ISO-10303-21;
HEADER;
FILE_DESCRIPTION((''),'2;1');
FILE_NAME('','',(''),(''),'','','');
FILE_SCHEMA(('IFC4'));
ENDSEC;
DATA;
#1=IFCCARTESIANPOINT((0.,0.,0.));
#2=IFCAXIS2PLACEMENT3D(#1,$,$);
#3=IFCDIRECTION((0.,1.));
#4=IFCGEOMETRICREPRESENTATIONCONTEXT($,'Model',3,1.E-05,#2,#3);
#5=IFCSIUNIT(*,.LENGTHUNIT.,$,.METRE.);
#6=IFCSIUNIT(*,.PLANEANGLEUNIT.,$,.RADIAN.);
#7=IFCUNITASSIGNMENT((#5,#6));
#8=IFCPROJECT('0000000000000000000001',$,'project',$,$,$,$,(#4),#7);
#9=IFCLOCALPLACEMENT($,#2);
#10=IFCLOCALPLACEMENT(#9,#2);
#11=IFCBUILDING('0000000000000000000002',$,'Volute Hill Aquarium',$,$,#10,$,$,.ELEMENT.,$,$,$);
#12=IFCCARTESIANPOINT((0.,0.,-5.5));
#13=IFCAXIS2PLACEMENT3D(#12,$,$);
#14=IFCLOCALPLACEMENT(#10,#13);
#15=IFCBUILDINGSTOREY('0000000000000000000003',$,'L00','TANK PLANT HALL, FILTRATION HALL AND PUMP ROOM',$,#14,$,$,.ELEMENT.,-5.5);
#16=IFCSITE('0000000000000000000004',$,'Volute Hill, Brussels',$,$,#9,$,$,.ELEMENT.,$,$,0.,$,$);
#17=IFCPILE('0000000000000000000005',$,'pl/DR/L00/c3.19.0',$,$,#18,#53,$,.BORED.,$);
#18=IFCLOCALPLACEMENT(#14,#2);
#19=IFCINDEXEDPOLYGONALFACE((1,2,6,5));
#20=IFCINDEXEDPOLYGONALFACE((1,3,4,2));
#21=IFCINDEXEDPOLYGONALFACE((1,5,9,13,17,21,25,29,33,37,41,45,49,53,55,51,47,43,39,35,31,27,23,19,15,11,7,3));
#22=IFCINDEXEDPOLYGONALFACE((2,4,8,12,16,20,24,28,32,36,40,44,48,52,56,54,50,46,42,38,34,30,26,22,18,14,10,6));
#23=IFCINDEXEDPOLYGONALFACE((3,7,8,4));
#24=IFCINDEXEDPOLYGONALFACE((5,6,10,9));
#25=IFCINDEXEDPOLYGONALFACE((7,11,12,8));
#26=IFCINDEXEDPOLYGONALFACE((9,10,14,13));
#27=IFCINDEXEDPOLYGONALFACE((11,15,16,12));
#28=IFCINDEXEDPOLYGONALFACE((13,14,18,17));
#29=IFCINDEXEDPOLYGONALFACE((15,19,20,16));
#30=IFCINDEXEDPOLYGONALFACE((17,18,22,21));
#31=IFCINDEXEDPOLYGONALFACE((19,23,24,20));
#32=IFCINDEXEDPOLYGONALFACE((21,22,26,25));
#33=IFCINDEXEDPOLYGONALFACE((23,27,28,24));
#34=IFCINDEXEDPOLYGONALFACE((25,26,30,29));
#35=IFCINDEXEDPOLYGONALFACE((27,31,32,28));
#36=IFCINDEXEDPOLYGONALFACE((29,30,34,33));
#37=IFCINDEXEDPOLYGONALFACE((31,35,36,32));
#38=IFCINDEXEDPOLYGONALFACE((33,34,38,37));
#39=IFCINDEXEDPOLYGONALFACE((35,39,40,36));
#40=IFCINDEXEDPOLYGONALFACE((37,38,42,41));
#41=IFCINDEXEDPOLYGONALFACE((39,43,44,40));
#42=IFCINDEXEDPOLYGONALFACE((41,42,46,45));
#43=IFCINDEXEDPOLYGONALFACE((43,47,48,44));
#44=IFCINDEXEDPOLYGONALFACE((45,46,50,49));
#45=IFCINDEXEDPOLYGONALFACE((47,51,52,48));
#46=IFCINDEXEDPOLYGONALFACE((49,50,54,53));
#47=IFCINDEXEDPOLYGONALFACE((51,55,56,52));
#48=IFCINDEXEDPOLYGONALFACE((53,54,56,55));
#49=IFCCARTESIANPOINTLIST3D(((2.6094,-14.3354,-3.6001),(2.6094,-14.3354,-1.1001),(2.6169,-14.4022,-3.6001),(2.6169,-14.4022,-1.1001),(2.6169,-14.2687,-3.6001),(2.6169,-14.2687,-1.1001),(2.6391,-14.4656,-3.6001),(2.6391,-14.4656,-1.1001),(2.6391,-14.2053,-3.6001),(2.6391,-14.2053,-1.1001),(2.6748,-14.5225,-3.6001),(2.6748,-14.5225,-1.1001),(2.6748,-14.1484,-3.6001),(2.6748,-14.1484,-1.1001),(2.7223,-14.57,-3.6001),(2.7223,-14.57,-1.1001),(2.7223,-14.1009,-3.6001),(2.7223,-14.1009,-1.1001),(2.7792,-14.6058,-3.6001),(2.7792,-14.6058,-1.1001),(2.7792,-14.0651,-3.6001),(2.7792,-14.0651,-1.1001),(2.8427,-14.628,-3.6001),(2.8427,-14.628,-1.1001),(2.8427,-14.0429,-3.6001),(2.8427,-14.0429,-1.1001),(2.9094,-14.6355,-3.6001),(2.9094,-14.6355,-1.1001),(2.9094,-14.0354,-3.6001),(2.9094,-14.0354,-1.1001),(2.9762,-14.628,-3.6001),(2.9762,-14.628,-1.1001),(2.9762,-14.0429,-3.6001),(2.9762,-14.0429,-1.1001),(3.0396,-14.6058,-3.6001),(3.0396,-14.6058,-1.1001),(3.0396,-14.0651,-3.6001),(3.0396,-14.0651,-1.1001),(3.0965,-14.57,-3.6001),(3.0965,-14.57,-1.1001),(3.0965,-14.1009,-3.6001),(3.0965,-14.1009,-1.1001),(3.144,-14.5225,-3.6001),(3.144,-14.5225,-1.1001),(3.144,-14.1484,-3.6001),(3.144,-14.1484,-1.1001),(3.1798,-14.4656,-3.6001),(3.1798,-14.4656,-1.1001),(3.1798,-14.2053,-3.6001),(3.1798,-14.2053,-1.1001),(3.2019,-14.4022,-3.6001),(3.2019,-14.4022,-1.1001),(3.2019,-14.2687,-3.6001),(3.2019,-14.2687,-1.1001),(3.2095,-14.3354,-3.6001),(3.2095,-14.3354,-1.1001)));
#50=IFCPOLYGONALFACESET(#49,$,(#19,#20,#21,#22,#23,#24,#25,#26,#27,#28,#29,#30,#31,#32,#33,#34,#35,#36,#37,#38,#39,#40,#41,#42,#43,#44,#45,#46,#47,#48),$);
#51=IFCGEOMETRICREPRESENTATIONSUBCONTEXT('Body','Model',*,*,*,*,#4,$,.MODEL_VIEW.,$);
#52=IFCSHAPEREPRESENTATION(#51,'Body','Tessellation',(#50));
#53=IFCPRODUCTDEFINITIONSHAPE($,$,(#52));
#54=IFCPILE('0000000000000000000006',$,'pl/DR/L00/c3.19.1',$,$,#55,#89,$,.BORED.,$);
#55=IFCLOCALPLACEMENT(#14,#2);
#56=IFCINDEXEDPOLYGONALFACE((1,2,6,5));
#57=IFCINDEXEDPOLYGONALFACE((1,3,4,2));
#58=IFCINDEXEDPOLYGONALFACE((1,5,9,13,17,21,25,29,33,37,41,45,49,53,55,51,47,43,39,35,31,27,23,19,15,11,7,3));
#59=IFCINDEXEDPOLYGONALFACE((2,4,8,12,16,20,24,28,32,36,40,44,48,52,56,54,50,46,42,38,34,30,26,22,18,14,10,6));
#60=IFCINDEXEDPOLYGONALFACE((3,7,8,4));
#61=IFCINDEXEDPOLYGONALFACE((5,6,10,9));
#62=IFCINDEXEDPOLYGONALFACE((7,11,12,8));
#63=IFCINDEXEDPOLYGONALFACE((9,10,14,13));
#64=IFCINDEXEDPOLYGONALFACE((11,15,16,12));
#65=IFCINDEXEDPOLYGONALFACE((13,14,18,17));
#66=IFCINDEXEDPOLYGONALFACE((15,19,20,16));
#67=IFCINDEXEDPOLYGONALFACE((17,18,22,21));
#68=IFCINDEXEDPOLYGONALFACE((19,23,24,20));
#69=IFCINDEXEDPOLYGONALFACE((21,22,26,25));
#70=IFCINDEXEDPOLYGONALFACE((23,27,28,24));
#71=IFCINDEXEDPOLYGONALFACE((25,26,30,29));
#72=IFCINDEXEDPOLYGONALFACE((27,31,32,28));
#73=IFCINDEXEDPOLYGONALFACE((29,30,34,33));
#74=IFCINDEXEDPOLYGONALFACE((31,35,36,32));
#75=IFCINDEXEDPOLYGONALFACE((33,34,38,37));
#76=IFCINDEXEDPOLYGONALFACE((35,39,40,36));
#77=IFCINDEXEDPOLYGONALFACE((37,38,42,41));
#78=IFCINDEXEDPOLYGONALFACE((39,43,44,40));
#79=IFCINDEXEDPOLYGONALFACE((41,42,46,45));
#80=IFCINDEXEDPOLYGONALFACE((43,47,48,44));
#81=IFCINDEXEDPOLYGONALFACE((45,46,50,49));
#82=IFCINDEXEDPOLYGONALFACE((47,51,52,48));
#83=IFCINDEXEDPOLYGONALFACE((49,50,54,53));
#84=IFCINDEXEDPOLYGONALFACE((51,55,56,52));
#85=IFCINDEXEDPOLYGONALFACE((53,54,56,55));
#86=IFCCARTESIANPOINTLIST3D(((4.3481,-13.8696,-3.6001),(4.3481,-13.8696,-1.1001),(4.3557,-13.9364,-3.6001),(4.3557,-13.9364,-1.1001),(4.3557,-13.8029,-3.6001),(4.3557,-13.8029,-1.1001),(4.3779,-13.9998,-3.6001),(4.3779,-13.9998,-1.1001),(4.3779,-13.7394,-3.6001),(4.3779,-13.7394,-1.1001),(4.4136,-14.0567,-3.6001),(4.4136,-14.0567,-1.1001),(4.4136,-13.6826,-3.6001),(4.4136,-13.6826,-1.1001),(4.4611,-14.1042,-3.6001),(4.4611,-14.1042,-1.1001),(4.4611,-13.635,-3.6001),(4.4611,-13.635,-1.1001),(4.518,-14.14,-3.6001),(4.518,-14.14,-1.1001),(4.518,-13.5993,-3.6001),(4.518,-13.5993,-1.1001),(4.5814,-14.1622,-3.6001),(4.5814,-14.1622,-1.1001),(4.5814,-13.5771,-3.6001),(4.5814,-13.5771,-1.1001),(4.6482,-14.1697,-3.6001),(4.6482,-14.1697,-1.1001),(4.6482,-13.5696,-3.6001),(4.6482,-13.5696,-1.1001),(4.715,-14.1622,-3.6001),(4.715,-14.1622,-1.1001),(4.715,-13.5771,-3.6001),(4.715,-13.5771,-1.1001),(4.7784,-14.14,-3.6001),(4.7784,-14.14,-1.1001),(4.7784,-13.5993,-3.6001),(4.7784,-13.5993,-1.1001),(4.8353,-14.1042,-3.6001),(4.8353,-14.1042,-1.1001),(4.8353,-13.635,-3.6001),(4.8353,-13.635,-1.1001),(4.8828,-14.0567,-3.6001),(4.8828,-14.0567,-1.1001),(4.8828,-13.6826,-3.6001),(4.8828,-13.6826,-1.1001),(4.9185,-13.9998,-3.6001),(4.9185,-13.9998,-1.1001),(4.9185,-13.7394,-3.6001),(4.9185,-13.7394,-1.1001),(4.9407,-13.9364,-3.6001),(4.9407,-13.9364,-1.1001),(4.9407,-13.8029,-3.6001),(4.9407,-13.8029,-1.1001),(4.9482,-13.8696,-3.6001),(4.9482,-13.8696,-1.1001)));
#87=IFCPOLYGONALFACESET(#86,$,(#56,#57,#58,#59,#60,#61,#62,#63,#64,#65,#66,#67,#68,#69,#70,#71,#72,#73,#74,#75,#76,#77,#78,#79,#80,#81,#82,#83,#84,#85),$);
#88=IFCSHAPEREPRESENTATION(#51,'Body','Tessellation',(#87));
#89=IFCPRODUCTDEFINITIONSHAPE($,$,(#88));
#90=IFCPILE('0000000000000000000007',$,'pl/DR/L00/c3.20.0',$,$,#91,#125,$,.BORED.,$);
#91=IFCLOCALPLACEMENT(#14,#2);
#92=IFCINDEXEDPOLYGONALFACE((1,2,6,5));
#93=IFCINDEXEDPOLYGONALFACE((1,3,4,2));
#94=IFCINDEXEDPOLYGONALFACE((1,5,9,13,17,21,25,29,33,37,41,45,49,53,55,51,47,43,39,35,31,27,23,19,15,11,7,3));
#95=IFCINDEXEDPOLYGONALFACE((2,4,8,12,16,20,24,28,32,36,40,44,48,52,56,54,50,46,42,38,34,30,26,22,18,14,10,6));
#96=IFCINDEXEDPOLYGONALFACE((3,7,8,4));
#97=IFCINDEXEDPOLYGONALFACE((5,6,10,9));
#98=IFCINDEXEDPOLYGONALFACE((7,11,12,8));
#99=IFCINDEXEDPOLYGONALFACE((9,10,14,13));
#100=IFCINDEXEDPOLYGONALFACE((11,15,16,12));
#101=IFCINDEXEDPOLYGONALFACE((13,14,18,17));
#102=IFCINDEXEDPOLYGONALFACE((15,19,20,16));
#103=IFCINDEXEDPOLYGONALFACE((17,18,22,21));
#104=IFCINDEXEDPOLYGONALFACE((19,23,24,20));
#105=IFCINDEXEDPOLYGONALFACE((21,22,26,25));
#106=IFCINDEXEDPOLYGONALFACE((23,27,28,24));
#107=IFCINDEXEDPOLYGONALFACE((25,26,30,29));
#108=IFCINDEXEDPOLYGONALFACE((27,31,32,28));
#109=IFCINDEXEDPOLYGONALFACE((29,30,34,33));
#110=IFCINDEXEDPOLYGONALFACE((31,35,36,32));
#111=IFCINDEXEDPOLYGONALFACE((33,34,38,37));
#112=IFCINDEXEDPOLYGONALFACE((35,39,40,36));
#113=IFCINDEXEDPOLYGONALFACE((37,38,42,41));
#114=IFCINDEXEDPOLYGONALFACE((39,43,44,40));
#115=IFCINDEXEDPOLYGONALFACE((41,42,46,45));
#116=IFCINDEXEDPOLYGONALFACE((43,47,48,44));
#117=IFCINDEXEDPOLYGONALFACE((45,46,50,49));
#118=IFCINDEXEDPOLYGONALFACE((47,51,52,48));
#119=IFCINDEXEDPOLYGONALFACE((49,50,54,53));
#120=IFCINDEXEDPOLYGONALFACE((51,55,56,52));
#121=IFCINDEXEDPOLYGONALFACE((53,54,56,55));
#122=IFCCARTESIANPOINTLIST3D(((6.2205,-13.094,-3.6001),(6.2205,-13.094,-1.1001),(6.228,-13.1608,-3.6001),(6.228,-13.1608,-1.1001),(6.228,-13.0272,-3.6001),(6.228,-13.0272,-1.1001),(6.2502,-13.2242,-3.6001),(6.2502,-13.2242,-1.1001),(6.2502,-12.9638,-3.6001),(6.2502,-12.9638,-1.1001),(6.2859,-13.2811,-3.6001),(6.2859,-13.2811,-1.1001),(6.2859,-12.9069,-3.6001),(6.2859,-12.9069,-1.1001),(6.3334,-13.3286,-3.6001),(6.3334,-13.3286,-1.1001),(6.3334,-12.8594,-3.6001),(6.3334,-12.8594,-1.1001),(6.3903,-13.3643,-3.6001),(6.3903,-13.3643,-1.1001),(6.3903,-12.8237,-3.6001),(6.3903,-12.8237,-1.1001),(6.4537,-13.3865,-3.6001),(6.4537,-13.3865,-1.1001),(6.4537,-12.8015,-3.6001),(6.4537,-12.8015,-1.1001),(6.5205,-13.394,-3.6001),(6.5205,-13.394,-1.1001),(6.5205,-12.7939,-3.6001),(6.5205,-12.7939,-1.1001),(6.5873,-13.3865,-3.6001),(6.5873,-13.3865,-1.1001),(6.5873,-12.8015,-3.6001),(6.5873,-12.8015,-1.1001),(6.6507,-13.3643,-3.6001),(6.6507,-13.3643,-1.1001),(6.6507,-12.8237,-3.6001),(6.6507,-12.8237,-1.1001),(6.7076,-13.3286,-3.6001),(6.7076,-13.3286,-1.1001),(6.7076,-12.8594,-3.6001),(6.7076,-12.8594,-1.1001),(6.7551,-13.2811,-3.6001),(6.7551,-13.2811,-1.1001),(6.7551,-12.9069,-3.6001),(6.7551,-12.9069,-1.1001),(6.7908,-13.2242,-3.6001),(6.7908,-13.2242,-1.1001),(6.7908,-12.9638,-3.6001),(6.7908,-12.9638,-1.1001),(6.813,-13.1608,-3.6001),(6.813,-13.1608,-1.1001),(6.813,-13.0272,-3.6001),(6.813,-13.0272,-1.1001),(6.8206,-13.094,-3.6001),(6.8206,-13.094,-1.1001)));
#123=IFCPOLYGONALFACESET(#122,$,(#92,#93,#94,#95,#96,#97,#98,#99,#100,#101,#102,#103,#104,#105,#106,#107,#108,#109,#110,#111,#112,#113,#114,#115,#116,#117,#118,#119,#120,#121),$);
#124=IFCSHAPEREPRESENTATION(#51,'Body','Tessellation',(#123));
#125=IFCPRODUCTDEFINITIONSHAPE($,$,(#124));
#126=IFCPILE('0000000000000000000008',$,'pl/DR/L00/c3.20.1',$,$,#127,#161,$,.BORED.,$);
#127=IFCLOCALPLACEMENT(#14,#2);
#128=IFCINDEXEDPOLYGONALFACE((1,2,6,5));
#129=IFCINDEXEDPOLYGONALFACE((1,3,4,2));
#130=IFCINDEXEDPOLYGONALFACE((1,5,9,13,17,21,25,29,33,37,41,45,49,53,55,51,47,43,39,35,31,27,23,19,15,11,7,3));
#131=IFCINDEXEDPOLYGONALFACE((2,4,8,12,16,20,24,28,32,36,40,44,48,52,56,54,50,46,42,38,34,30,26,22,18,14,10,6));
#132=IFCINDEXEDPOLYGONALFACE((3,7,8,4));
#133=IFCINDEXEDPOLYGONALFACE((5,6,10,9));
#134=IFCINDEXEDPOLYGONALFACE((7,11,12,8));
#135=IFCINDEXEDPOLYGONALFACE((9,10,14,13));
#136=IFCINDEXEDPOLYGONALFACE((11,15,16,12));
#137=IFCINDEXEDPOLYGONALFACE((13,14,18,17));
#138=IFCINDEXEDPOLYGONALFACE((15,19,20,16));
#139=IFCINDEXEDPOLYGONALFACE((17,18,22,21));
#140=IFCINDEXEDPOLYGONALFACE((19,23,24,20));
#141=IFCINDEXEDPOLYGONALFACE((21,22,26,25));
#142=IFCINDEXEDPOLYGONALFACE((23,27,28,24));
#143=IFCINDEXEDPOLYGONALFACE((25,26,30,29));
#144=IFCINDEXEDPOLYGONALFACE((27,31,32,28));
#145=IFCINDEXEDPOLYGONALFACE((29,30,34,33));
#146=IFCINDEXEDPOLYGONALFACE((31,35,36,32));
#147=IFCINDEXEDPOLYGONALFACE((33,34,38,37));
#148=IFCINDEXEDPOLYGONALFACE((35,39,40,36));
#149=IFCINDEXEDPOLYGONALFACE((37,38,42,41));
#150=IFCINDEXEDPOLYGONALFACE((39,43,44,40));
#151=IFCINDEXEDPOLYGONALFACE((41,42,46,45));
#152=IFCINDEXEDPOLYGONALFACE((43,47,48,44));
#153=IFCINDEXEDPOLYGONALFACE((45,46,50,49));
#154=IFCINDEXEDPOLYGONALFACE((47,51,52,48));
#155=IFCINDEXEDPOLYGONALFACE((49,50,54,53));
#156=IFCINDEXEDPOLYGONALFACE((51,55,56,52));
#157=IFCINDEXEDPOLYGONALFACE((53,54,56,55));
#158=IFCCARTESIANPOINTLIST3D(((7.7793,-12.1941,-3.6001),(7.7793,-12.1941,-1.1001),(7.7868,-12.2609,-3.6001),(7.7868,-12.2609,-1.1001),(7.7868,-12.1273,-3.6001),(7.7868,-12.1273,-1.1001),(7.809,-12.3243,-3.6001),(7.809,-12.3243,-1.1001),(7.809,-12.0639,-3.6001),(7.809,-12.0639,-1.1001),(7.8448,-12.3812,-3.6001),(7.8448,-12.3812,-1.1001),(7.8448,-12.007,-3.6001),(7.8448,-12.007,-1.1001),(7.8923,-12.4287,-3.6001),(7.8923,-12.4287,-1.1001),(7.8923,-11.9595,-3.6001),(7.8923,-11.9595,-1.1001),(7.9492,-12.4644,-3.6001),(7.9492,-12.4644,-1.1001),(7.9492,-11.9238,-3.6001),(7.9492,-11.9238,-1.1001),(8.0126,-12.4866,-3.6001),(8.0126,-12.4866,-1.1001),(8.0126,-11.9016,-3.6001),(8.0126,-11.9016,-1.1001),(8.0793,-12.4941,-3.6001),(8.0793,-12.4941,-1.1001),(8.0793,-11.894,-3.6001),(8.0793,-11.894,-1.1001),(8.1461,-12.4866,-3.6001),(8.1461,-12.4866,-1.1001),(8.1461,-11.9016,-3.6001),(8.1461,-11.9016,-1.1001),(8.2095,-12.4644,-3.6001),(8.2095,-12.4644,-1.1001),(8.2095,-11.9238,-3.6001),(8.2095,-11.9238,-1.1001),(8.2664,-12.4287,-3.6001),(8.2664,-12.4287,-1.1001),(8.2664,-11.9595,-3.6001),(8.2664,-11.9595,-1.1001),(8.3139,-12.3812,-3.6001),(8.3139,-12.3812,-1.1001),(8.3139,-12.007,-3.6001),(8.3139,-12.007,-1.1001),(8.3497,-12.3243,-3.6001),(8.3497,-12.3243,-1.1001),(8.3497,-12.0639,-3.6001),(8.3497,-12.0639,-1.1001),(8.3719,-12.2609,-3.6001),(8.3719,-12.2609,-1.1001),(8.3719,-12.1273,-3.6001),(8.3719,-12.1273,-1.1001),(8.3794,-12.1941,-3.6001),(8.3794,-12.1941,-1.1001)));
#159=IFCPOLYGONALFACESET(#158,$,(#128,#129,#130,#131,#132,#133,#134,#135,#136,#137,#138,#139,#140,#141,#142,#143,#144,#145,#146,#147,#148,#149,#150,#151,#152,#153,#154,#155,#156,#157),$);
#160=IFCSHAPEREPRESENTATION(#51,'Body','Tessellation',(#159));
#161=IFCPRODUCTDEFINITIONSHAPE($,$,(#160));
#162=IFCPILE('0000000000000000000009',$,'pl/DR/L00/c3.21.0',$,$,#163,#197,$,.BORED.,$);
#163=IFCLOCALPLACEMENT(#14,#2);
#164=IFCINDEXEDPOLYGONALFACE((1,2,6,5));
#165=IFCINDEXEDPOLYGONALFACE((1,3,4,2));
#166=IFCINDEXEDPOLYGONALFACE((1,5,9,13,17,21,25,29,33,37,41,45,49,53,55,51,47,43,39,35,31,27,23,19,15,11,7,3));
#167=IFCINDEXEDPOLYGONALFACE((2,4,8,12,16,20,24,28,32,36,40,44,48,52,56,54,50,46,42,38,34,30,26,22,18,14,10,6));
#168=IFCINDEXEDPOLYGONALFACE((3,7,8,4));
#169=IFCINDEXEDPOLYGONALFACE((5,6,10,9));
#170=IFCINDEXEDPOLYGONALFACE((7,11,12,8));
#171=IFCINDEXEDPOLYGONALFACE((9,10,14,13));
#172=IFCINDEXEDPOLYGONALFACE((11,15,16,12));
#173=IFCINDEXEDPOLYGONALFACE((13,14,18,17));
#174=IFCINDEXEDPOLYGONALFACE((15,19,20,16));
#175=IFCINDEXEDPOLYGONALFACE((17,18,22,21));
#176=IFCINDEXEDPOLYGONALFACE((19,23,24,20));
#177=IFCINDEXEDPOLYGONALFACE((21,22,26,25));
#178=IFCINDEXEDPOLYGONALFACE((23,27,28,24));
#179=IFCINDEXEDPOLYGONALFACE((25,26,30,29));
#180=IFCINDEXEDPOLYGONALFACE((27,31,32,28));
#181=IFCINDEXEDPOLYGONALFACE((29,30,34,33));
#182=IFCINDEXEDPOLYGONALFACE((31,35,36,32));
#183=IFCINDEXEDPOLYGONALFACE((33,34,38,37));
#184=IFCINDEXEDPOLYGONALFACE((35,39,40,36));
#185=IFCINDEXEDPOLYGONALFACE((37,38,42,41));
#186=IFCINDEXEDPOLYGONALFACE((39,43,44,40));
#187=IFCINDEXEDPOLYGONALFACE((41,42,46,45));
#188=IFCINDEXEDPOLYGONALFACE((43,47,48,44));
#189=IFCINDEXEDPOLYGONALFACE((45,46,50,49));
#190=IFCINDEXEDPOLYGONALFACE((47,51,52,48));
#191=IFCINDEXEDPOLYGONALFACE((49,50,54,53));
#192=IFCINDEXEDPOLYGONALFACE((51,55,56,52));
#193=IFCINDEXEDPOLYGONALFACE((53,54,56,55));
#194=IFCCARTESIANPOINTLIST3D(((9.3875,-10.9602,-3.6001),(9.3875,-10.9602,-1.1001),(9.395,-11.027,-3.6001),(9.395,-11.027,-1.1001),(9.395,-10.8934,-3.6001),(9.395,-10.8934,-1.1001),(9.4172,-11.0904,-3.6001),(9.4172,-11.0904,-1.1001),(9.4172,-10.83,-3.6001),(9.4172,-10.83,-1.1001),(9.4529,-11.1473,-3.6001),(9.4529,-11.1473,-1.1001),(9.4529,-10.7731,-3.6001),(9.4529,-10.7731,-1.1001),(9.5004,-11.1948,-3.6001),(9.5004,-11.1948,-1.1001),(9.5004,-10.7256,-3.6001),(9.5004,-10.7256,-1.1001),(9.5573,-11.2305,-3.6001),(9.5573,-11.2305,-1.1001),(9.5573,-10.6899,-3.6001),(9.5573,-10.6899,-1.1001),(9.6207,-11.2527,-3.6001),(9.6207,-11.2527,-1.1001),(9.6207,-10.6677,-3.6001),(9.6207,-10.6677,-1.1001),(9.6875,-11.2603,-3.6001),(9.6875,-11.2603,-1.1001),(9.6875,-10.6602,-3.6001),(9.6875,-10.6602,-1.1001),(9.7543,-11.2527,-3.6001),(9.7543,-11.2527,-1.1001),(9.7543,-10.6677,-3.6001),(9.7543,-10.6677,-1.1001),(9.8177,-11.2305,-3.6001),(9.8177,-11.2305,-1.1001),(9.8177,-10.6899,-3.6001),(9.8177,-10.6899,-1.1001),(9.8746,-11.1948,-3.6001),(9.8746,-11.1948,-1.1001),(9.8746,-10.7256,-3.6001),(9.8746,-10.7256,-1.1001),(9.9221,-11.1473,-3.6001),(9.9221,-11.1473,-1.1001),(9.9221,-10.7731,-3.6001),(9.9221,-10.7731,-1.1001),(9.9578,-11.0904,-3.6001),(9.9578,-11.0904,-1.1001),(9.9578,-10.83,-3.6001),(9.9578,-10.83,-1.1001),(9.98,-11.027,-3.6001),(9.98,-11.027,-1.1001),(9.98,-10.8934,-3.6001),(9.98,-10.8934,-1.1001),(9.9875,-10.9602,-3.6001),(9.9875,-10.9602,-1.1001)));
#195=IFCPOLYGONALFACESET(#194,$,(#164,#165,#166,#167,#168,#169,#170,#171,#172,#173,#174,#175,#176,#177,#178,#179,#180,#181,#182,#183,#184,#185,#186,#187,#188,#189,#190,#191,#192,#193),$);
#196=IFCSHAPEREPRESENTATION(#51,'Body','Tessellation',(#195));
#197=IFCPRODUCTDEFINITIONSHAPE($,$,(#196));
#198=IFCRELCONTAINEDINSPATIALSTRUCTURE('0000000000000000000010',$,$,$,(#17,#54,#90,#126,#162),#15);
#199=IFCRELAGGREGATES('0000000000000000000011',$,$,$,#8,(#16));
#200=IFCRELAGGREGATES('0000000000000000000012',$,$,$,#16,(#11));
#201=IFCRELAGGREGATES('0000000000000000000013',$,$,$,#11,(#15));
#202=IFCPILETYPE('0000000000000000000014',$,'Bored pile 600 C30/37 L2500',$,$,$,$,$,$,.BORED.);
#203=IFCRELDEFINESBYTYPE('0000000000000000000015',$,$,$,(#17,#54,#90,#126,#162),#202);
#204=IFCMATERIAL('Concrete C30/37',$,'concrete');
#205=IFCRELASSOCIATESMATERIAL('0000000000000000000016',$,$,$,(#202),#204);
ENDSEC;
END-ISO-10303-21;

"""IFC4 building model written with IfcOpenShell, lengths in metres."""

from ifc_helpers import new_model, si_unit, direction, frame, origin, origin_2d, place, context, subcontext, project, spatial, circle, extrude, material, type_object, element, save


model = new_model("IFC4")

# Units and contexts
model_context = context("Model", 3, precision=1e-05, world=origin(), true_north=direction((0.0, 1.0)))
body_context = subcontext(model_context, "Body", "Model", "MODEL_VIEW")
ifc_project = project(units=[si_unit("LENGTHUNIT", "METRE"), si_unit("PLANEANGLEUNIT", "RADIAN")], contexts=[model_context])

# Site, building, storey
site_placement = place(None, origin())
site = spatial("IfcSite", under=ifc_project, at=site_placement, Name="Volute Hill, Brussels", CompositionType="ELEMENT", RefElevation=0.0)
building_placement = place(site_placement, origin())
building = spatial("IfcBuilding", under=site, at=building_placement, Name="Volute Hill Aquarium", CompositionType="ELEMENT")
storey_placement = place(building_placement, frame((0.0, 0.0, -5.5)))
storey = spatial("IfcBuildingStorey", under=building, at=storey_placement, Name="L00", Description="TANK PLANT HALL, FILTRATION HALL AND PUMP ROOM", CompositionType="ELEMENT", Elevation=-5.5)

# Piles
ifc_material_1 = material(Name="Concrete C30/37", Category="concrete")
pile_type = type_object("IfcPileType", Name="Bored pile 600 C30/37 L2500", PredefinedType="BORED", material=ifc_material_1)
for number, where, z_axis, x_axis, name in (
    (1, (2.9094, -14.3354, -1.1001), (0.0, 0.0, -1.0), (1.0, 0.0, 0.0), "pl/DR/L00/c3.19.0"),
    (2, (4.6482, -13.8696, -1.1001), (0.0, 0.0, -1.0), (1.0, 0.0, 0.0), "pl/DR/L00/c3.19.1"),
    (3, (6.5205, -13.094, -1.1001), (0.0, 0.0, -1.0), (1.0, 0.0, 0.0), "pl/DR/L00/c3.20.0"),
    (4, (8.0793, -12.1941, -1.1001), (0.0, 0.0, -1.0), (1.0, 0.0, 0.0), "pl/DR/L00/c3.20.1"),
    (5, (9.6875, -10.9602, -1.1001), (0.0, 0.0, -1.0), (1.0, 0.0, 0.0), "pl/DR/L00/c3.21.0"),
):
    element("IfcPile", number, at=place(storey_placement, frame(where, z_axis=z_axis, x_axis=x_axis)), inside=storey, type_object=pile_type, Name=name, PredefinedType="BORED", context=body_context, shape_type="SweptSolid", body=[
        extrude(circle(Radius=0.3, at=origin_2d()), origin(), (0.0, 0.0, 1.0), 2.5),
    ])

save(model, "model.ifc")
